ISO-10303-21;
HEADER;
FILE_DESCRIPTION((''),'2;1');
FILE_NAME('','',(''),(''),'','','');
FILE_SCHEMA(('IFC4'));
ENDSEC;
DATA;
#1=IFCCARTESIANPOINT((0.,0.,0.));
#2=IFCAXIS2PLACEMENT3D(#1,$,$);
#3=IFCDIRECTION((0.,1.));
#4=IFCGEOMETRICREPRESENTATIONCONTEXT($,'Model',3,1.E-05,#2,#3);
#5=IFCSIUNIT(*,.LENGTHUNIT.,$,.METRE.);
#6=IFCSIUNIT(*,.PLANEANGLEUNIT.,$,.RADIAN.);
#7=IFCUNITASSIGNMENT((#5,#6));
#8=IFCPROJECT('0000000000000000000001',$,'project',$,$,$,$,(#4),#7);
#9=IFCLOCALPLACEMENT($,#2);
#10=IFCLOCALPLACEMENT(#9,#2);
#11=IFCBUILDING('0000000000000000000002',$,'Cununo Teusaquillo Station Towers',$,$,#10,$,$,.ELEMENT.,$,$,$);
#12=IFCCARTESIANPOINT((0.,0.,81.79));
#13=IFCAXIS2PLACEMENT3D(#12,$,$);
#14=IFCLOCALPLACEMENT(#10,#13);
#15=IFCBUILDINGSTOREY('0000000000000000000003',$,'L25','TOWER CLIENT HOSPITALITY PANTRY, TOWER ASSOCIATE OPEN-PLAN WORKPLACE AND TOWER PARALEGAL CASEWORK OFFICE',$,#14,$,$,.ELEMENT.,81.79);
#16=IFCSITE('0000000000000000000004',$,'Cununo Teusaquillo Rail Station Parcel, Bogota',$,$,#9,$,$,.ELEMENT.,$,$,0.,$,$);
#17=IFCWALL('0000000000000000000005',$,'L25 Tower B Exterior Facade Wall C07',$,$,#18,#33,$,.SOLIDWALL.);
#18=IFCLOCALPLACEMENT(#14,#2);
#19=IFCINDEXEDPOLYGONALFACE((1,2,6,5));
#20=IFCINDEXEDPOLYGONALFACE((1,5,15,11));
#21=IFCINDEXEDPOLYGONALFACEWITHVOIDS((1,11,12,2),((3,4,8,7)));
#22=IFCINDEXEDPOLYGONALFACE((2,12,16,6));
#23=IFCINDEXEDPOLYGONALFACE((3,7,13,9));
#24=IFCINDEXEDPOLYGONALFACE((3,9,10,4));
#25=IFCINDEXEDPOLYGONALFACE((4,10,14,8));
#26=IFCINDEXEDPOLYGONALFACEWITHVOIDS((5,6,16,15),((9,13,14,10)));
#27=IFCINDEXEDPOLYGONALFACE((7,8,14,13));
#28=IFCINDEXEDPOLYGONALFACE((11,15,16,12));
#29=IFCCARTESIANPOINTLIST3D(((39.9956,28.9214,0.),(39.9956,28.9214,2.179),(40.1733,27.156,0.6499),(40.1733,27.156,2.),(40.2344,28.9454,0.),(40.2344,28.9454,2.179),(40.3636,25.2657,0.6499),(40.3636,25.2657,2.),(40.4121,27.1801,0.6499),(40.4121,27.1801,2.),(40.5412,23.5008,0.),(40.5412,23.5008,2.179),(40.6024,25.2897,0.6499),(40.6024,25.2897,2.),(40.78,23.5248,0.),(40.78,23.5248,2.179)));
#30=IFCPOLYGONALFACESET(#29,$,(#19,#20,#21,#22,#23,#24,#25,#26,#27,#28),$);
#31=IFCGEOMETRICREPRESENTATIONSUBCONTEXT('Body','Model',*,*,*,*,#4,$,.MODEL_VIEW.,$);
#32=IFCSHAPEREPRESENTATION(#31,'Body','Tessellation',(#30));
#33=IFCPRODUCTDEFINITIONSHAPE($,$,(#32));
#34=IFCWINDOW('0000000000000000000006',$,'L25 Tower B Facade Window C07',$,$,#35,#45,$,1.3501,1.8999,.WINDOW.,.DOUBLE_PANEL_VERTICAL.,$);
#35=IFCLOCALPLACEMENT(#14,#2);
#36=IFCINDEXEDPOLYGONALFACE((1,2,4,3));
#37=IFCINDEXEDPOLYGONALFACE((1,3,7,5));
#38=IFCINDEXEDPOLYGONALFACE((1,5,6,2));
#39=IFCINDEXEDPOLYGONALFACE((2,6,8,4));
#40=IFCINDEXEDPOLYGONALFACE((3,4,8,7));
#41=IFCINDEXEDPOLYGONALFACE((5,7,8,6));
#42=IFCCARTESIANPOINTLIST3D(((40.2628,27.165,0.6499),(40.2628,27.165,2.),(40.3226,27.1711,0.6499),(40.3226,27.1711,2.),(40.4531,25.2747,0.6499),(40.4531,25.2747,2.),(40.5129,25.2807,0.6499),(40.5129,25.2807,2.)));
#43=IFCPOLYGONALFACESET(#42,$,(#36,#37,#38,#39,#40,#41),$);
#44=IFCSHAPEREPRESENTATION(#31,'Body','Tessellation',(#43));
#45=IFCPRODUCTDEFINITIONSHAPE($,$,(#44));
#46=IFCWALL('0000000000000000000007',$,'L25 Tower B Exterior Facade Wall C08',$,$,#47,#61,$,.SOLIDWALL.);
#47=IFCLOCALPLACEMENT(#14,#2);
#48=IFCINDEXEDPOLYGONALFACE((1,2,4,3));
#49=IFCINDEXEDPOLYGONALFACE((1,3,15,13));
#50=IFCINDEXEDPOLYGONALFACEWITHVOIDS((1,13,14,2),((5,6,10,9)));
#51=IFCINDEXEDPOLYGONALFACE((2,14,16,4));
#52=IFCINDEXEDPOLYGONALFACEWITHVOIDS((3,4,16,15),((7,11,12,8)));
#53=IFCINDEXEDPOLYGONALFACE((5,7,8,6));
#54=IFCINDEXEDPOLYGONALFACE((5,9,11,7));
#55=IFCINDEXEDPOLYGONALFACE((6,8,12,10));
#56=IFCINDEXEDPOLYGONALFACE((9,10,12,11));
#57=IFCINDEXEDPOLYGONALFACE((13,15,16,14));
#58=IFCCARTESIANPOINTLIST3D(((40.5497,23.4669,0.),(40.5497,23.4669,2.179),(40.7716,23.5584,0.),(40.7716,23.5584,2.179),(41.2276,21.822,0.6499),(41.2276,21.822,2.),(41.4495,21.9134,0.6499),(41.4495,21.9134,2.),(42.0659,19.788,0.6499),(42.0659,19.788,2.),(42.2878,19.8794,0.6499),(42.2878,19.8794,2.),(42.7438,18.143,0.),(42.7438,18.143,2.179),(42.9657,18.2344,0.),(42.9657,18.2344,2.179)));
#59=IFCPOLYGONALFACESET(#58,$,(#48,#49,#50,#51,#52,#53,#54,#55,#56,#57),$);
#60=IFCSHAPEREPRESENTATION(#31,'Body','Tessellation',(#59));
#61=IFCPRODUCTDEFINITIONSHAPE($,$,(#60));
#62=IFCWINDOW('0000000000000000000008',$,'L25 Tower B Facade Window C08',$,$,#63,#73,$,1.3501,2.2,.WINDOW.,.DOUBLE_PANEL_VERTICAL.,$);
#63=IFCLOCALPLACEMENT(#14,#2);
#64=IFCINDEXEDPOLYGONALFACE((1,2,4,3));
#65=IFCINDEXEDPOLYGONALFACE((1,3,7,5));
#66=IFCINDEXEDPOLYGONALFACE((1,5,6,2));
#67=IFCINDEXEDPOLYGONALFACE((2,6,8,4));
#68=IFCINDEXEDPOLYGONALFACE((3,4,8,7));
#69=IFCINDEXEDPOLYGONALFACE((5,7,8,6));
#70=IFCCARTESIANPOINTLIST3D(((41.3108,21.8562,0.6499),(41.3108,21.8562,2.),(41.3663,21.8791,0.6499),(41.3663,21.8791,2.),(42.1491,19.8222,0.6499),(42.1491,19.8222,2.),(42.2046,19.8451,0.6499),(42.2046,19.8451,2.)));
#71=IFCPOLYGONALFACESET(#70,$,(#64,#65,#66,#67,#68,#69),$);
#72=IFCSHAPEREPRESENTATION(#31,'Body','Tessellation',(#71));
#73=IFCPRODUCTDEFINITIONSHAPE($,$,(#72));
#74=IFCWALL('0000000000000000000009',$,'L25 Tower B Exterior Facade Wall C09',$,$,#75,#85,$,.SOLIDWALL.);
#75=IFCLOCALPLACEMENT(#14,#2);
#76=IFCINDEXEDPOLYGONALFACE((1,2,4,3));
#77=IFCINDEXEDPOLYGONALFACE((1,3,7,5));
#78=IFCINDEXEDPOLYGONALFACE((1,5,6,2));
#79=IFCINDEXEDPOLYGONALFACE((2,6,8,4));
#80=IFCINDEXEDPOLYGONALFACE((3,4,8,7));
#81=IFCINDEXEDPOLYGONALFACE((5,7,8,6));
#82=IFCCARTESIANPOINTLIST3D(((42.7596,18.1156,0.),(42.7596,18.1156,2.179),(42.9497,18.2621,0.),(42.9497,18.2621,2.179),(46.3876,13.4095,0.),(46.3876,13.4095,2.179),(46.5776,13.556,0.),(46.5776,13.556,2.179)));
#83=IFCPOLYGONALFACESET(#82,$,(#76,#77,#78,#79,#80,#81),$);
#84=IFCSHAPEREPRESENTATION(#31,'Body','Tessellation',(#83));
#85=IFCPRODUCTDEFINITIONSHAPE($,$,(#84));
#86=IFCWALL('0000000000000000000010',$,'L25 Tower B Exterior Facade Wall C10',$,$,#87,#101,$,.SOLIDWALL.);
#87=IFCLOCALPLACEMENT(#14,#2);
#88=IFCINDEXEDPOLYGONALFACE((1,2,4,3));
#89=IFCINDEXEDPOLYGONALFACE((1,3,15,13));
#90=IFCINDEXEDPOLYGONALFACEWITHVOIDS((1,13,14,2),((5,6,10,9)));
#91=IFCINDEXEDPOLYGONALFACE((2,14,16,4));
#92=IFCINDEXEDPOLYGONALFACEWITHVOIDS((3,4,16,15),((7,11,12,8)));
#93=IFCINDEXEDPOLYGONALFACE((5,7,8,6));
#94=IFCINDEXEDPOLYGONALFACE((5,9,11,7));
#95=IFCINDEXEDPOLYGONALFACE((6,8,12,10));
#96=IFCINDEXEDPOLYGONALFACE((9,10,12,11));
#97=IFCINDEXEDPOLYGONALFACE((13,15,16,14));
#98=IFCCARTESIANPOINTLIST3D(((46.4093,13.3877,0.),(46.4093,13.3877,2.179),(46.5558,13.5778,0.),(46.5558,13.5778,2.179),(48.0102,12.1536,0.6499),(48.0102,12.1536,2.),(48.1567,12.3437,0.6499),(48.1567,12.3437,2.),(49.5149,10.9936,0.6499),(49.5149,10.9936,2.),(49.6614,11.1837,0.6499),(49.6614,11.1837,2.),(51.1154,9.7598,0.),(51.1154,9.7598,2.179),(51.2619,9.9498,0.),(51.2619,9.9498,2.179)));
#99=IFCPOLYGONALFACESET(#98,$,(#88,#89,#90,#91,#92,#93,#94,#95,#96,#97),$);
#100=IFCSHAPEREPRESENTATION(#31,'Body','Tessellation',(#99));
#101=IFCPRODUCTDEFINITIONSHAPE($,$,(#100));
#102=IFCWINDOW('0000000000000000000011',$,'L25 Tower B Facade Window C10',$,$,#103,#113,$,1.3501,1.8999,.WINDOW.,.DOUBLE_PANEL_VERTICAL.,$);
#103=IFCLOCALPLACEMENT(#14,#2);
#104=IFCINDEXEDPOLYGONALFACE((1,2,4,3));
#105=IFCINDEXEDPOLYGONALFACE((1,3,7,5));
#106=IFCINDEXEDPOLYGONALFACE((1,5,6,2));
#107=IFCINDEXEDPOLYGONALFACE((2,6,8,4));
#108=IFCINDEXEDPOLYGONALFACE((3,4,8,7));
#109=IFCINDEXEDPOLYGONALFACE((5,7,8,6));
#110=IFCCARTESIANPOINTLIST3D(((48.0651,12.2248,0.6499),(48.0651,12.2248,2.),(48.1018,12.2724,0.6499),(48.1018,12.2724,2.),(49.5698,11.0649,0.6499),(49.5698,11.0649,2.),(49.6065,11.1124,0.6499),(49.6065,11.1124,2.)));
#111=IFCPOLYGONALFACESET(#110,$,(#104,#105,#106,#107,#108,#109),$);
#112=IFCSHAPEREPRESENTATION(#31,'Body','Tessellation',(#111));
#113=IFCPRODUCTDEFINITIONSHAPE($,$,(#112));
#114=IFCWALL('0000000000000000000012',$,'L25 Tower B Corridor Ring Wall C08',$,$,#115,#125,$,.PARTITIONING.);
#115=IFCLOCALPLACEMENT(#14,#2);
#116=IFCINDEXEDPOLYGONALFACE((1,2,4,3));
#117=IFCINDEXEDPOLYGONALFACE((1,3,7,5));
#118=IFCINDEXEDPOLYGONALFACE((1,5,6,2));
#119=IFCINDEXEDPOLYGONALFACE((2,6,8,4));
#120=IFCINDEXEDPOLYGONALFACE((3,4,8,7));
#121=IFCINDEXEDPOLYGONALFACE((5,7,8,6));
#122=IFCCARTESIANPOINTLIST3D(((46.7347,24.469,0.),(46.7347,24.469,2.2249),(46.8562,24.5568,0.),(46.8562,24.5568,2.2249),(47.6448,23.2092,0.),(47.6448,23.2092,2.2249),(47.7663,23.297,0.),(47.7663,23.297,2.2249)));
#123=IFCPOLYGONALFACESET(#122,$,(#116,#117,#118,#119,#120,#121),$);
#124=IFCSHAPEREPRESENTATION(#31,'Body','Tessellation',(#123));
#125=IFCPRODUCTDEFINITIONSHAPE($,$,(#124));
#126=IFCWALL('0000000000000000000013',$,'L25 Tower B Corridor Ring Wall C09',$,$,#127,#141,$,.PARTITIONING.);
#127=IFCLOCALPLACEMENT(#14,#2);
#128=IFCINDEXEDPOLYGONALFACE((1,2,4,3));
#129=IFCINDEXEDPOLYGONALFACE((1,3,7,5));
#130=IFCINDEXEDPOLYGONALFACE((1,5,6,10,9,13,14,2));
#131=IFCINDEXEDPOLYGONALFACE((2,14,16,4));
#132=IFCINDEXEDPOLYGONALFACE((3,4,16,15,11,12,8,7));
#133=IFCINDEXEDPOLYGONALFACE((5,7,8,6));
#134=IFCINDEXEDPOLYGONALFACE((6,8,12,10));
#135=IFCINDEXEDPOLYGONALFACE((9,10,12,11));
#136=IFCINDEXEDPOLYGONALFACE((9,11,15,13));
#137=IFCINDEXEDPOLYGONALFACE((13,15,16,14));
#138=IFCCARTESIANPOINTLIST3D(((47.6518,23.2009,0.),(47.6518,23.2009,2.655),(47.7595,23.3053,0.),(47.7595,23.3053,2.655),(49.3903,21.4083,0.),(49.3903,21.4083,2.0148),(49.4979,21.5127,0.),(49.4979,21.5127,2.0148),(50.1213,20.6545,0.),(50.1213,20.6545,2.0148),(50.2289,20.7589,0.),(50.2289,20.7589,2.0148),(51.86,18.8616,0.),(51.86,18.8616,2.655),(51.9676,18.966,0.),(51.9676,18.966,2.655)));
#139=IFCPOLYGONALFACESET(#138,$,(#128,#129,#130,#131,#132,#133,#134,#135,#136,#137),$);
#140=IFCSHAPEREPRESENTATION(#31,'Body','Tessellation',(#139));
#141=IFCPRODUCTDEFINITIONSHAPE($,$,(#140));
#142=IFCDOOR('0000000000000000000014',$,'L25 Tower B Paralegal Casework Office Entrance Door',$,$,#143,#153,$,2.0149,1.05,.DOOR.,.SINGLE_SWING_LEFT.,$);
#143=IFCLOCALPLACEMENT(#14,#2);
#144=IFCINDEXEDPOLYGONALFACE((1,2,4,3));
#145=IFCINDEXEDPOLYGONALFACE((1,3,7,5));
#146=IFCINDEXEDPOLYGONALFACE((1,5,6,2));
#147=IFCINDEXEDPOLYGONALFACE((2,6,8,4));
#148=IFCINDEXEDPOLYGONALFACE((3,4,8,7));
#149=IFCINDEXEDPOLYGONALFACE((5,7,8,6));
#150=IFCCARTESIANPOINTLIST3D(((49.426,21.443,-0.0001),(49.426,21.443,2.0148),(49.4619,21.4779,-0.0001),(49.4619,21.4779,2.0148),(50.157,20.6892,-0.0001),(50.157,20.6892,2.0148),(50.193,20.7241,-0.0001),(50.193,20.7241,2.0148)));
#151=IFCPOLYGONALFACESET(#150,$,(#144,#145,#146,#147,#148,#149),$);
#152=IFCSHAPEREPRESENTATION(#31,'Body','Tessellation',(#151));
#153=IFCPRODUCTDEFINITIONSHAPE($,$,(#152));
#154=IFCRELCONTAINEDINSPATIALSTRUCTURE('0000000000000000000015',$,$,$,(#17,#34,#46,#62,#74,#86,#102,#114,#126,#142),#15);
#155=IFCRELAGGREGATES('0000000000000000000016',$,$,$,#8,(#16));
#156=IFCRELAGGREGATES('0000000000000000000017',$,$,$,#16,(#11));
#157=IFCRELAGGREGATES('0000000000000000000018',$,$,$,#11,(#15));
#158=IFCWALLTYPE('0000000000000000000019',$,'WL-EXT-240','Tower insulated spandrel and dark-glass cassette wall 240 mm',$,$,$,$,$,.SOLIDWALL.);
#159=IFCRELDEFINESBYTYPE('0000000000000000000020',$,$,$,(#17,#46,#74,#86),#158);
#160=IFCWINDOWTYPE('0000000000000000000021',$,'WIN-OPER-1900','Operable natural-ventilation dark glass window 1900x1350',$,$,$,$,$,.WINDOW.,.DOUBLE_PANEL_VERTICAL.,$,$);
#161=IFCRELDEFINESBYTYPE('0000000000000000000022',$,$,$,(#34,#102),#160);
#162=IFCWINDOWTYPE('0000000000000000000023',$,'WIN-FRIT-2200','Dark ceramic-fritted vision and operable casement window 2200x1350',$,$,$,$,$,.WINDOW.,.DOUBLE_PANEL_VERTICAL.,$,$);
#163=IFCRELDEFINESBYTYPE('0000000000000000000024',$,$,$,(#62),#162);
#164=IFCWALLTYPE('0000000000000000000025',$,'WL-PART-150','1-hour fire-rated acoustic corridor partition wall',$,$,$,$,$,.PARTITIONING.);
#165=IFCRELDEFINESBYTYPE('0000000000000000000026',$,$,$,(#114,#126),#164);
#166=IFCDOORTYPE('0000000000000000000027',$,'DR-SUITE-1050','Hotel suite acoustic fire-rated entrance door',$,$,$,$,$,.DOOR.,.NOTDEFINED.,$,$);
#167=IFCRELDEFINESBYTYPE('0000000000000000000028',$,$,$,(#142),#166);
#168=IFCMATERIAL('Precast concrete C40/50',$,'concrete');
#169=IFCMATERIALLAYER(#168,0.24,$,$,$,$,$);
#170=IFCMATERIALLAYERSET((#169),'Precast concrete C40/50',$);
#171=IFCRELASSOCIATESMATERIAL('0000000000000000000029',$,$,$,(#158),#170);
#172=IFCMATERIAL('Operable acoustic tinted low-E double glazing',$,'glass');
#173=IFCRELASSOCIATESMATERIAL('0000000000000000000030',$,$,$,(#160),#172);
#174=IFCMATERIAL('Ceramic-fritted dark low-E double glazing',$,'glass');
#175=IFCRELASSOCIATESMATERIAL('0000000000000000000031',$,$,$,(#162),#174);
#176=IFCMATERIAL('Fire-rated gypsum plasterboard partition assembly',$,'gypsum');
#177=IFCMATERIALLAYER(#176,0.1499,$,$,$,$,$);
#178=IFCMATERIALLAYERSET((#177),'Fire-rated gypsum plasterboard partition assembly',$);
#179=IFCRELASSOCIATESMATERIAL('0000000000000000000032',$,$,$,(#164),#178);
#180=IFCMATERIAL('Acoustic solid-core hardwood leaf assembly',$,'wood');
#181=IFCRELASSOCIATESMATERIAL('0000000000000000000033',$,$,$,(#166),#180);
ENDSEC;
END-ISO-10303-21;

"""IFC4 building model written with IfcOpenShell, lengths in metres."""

from ifc_helpers import new_model, si_unit, direction, frame, frame_2d, origin, place, context, subcontext, project, spatial, rectangle, extrude, source, transform, mapped, material, layer, layer_set, type_object, element, fill, save


model = new_model("IFC4")

# Units and contexts
model_context = context("Model", 3, precision=1e-05, world=origin(), true_north=direction((0.0, 1.0)))
body_context = subcontext(model_context, "Body", "Model", "MODEL_VIEW")
ifc_project = project(units=[si_unit("LENGTHUNIT", "METRE"), si_unit("PLANEANGLEUNIT", "RADIAN")], contexts=[model_context])

# Site, building, storey
site_placement = place(None, origin())
site = spatial("IfcSite", under=ifc_project, at=site_placement, Name="Cununo Teusaquillo Rail Station Parcel, Bogota", CompositionType="ELEMENT", RefElevation=0.0)
building_placement = place(site_placement, origin())
building = spatial("IfcBuilding", under=site, at=building_placement, Name="Cununo Teusaquillo Station Towers", CompositionType="ELEMENT")
storey_placement = place(building_placement, frame((0.0, 0.0, 81.79)))
storey = spatial("IfcBuildingStorey", under=building, at=storey_placement, Name="L25", Description="TOWER CLIENT HOSPITALITY PANTRY, TOWER ASSOCIATE OPEN-PLAN WORKPLACE AND TOWER PARALEGAL CASEWORK OFFICE", CompositionType="ELEMENT", Elevation=81.79)

# Shared definitions
ifc_material_1 = material(Name="Precast concrete C40/50", Category="concrete")
ifc_layer_1 = layer(ifc_material_1, 0.24)
ifc_layer_set_1 = layer_set([ifc_layer_1], Name="Precast concrete C40/50")
wall_type_1 = type_object("IfcWallType", Name="WL-EXT-240", Description="Tower insulated spandrel and dark-glass cassette wall 240 mm", PredefinedType="SOLIDWALL", material=ifc_layer_set_1)

# Walls, openings, windows
shared_shape_1 = source(origin(), body_context, "Body", "SweptSolid", [
    extrude(rectangle(XDim=1.8999, YDim=1.3501, at=frame_2d((0.95, 0.675))), frame((0.0, 0.1299, 0.0), z_axis=(0.0, -1.0, 0.0), x_axis=(1.0, 0.0, 0.0)), (0.0, 0.0, 1.0), 0.26),
])
ifc_material_2 = material(Name="Operable acoustic tinted low-E double glazing", Category="glass")
window_type_1 = type_object("IfcWindowType", Name="WIN-OPER-1900", Description="Operable natural-ventilation dark glass window 1900x1350", PartitioningType="DOUBLE_PANEL_VERTICAL", PredefinedType="WINDOW", material=ifc_material_2)
shared_shape_2 = source(origin(), body_context, "Body", "SweptSolid", [
    extrude(rectangle(XDim=1.8999, YDim=1.3501, at=frame_2d((0.95, 0.675))), frame((0.0, 0.03, 0.0), z_axis=(0.0, -1.0, 0.0), x_axis=(1.0, 0.0, 0.0)), (0.0, 0.0, 1.0), 0.0601),
])
wall_1_placement = place(storey_placement, frame((40.6606, 23.5127, 0.0), z_axis=(0.0, 0.0, 1.0), x_axis=(-0.100156, 0.994972, 0.0)))
wall_1 = element("IfcWall", 1, at=wall_1_placement, inside=storey, type_object=wall_type_1, Name="L25 Tower B Exterior Facade Wall C07", PredefinedType="SOLIDWALL", context=body_context, shape_type="SweptSolid", body=[
    extrude(rectangle(XDim=5.448, YDim=0.24, at=frame_2d((2.7241, 0.0))), origin(), (0.0, 0.0, 1.0), 2.179),
])
opening_1_placement = place(wall_1_placement, frame((1.7739, 0.0, 0.6499)))
opening_1 = element("IfcOpeningElement", 2, at=opening_1_placement, cuts=wall_1, PredefinedType="OPENING", context=body_context, shape_type="MappedRepresentation", body=[
    mapped(shared_shape_1, transform((0.0, 0.0, 0.0), x_axis=(1.0, 0.0, 0.0), y_axis=(0.0, 1.0, 0.0), z_axis=(0.0, 0.0, 1.0), scale=1.0)),
])
window_1_placement = place(opening_1_placement, origin())
window_1 = element("IfcWindow", 3, at=window_1_placement, inside=storey, type_object=window_type_1, Name="L25 Tower B Facade Window C07", OverallHeight=1.3501, OverallWidth=1.8999, PartitioningType="DOUBLE_PANEL_VERTICAL", PredefinedType="WINDOW", context=body_context, shape_type="MappedRepresentation", body=[
    mapped(shared_shape_2, transform((0.0, 0.0, 0.0), x_axis=(1.0, 0.0, 0.0), y_axis=(0.0, 1.0, 0.0), z_axis=(0.0, 0.0, 1.0), scale=1.0)),
])
fill(opening_1, window_1)
wall_2_placement = place(storey_placement, frame((42.8547, 18.1887, 0.0), z_axis=(0.0, 0.0, 1.0), x_axis=(-0.381027, 0.924564, 0.0)))
wall_2 = element("IfcWall", 4, at=wall_2_placement, inside=storey, type_object=wall_type_1, Name="L25 Tower B Exterior Facade Wall C08", PredefinedType="SOLIDWALL", context=body_context, shape_type="SweptSolid", body=[
    extrude(rectangle(XDim=5.7583, YDim=0.24, at=frame_2d((2.8792, 0.0))), origin(), (0.0, 0.0, 1.0), 2.179),
])
shared_shape_3 = source(origin(), body_context, "Body", "SweptSolid", [
    extrude(rectangle(XDim=2.2, YDim=1.3501, at=frame_2d((1.1001, 0.675))), frame((0.0, 0.1299, 0.0), z_axis=(0.0, -1.0, 0.0), x_axis=(1.0, 0.0, 0.0)), (0.0, 0.0, 1.0), 0.26),
])
opening_2_placement = place(wall_2_placement, frame((1.7791, 0.0, 0.6499)))
opening_2 = element("IfcOpeningElement", 5, at=opening_2_placement, cuts=wall_2, PredefinedType="OPENING", context=body_context, shape_type="MappedRepresentation", body=[
    mapped(shared_shape_3, transform((0.0, 0.0, 0.0), x_axis=(1.0, 0.0, 0.0), y_axis=(0.0, 1.0, 0.0), z_axis=(0.0, 0.0, 1.0), scale=1.0)),
])
ifc_material_3 = material(Name="Ceramic-fritted dark low-E double glazing", Category="glass")
window_type_2 = type_object("IfcWindowType", Name="WIN-FRIT-2200", Description="Dark ceramic-fritted vision and operable casement window 2200x1350", PartitioningType="DOUBLE_PANEL_VERTICAL", PredefinedType="WINDOW", material=ifc_material_3)
shared_shape_4 = source(origin(), body_context, "Body", "SweptSolid", [
    extrude(rectangle(XDim=2.2, YDim=1.3501, at=frame_2d((1.1001, 0.675))), frame((0.0, 0.03, 0.0), z_axis=(0.0, -1.0, 0.0), x_axis=(1.0, 0.0, 0.0)), (0.0, 0.0, 1.0), 0.0601),
])
window_2_placement = place(opening_2_placement, origin())
window_2 = element("IfcWindow", 6, at=window_2_placement, inside=storey, type_object=window_type_2, Name="L25 Tower B Facade Window C08", OverallHeight=1.3501, OverallWidth=2.2, PartitioningType="DOUBLE_PANEL_VERTICAL", PredefinedType="WINDOW", context=body_context, shape_type="MappedRepresentation", body=[
    mapped(shared_shape_4, transform((0.0, 0.0, 0.0), x_axis=(1.0, 0.0, 0.0), y_axis=(0.0, 1.0, 0.0), z_axis=(0.0, 0.0, 1.0), scale=1.0)),
])
fill(opening_2, window_2)

# Wall
wall_3_placement = place(storey_placement, frame((46.4827, 13.4827, 0.0), z_axis=(0.0, 0.0, 1.0), x_axis=(-0.610544, 0.791982, 0.0)))
element("IfcWall", 7, at=wall_3_placement, inside=storey, type_object=wall_type_1, Name="L25 Tower B Exterior Facade Wall C09", PredefinedType="SOLIDWALL", context=body_context, shape_type="SweptSolid", body=[
    extrude(rectangle(XDim=5.9421, YDim=0.24, at=frame_2d((2.9712, 0.0))), origin(), (0.0, 0.0, 1.0), 2.179),
])

# Wall, opening, window
wall_4_placement = place(storey_placement, frame((51.1887, 9.8547, 0.0), z_axis=(0.0, 0.0, 1.0), x_axis=(-0.791982, 0.610544, 0.0)))
wall_4 = element("IfcWall", 8, at=wall_4_placement, inside=storey, type_object=wall_type_1, Name="L25 Tower B Exterior Facade Wall C10", PredefinedType="SOLIDWALL", context=body_context, shape_type="SweptSolid", body=[
    extrude(rectangle(XDim=5.9421, YDim=0.24, at=frame_2d((2.9712, 0.0))), origin(), (0.0, 0.0, 1.0), 2.179),
])
opening_3_placement = place(wall_4_placement, frame((2.021, 0.0, 0.6499)))
opening_3 = element("IfcOpeningElement", 9, at=opening_3_placement, cuts=wall_4, PredefinedType="OPENING", context=body_context, shape_type="MappedRepresentation", body=[
    mapped(shared_shape_1, transform((0.0, 0.0, 0.0), x_axis=(1.0, 0.0, 0.0), y_axis=(0.0, 1.0, 0.0), z_axis=(0.0, 0.0, 1.0), scale=1.0)),
])
window_3_placement = place(opening_3_placement, origin())
window_3 = element("IfcWindow", 10, at=window_3_placement, inside=storey, type_object=window_type_1, Name="L25 Tower B Facade Window C10", OverallHeight=1.3501, OverallWidth=1.8999, PartitioningType="DOUBLE_PANEL_VERTICAL", PredefinedType="WINDOW", context=body_context, shape_type="MappedRepresentation", body=[
    mapped(shared_shape_2, transform((0.0, 0.0, 0.0), x_axis=(1.0, 0.0, 0.0), y_axis=(0.0, 1.0, 0.0), z_axis=(0.0, 0.0, 1.0), scale=1.0)),
])
fill(opening_3, window_3)

# Wall
ifc_material_4 = material(Name="Fire-rated gypsum plasterboard partition assembly", Category="gypsum")
ifc_layer_2 = layer(ifc_material_4, 0.1499)
ifc_layer_set_2 = layer_set([ifc_layer_2], Name="Fire-rated gypsum plasterboard partition assembly")
wall_type_2 = type_object("IfcWallType", Name="WL-PART-150", Description="1-hour fire-rated acoustic corridor partition wall", PredefinedType="PARTITIONING", material=ifc_layer_set_2)
wall_5_placement = place(storey_placement, frame((46.7954, 24.5129, 0.0), z_axis=(0.0, 0.0, 1.0), x_axis=(0.585628, -0.81058, 0.0)))
element("IfcWall", 11, at=wall_5_placement, inside=storey, type_object=wall_type_2, Name="L25 Tower B Corridor Ring Wall C08", PredefinedType="PARTITIONING", context=body_context, shape_type="SweptSolid", body=[
    extrude(rectangle(XDim=1.5542, YDim=0.1499, at=frame_2d((0.7771, 0.0))), origin(), (0.0, 0.0, 1.0), 2.2249),
])

# Wall, opening, door
wall_6_placement = place(storey_placement, frame((47.7056, 23.2532, 0.0), z_axis=(0.0, 0.0, 1.0), x_axis=(0.696179, -0.717868, 0.0)))
wall_6 = element("IfcWall", 12, at=wall_6_placement, inside=storey, type_object=wall_type_2, Name="L25 Tower B Corridor Ring Wall C09", PredefinedType="PARTITIONING", context=body_context, shape_type="SweptSolid", body=[
    extrude(rectangle(XDim=6.0447, YDim=0.1499, at=frame_2d((3.0225, 0.0))), origin(), (0.0, 0.0, 1.0), 2.655),
])
shared_shape_5 = source(origin(), body_context, "Body", "SweptSolid", [
    extrude(rectangle(XDim=1.05, YDim=2.0149, at=frame_2d((0.5249, 1.0073))), frame((0.0, 0.085, 0.0), z_axis=(0.0, -1.0, 0.0), x_axis=(1.0, 0.0, 0.0)), (0.0, 0.0, 1.0), 0.1699),
])
opening_4_placement = place(wall_6_placement, frame((2.4973, 0.0, 0.0)))
opening_4 = element("IfcOpeningElement", 13, at=opening_4_placement, cuts=wall_6, PredefinedType="OPENING", context=body_context, shape_type="MappedRepresentation", body=[
    mapped(shared_shape_5, transform((0.0, 0.0, 0.0), x_axis=(1.0, 0.0, 0.0), y_axis=(0.0, 1.0, 0.0), z_axis=(0.0, 0.0, 1.0), scale=1.0)),
])
ifc_material_5 = material(Name="Acoustic solid-core hardwood leaf assembly", Category="wood")
door_type_1 = type_object("IfcDoorType", Name="DR-SUITE-1050", Description="Hotel suite acoustic fire-rated entrance door", OperationType="NOTDEFINED", PredefinedType="DOOR", material=ifc_material_5)
shared_shape_6 = source(origin(), body_context, "Body", "SweptSolid", [
    extrude(rectangle(XDim=1.05, YDim=2.0149, at=frame_2d((0.5249, 1.0073))), frame((0.0, 0.0249, 0.0), z_axis=(0.0, -1.0, 0.0), x_axis=(1.0, 0.0, 0.0)), (0.0, 0.0, 1.0), 0.05),
])
door_1_placement = place(opening_4_placement, origin())
door_1 = element("IfcDoor", 14, at=door_1_placement, inside=storey, type_object=door_type_1, Name="L25 Tower B Paralegal Casework Office Entrance Door", OperationType="SINGLE_SWING_LEFT", OverallHeight=2.0149, OverallWidth=1.05, PredefinedType="DOOR", context=body_context, shape_type="MappedRepresentation", body=[
    mapped(shared_shape_6, transform((0.0, 0.0, 0.0), x_axis=(1.0, 0.0, 0.0), y_axis=(0.0, 1.0, 0.0), z_axis=(0.0, 0.0, 1.0), scale=1.0)),
])
fill(opening_4, door_1)

save(model, "model.ifc")
